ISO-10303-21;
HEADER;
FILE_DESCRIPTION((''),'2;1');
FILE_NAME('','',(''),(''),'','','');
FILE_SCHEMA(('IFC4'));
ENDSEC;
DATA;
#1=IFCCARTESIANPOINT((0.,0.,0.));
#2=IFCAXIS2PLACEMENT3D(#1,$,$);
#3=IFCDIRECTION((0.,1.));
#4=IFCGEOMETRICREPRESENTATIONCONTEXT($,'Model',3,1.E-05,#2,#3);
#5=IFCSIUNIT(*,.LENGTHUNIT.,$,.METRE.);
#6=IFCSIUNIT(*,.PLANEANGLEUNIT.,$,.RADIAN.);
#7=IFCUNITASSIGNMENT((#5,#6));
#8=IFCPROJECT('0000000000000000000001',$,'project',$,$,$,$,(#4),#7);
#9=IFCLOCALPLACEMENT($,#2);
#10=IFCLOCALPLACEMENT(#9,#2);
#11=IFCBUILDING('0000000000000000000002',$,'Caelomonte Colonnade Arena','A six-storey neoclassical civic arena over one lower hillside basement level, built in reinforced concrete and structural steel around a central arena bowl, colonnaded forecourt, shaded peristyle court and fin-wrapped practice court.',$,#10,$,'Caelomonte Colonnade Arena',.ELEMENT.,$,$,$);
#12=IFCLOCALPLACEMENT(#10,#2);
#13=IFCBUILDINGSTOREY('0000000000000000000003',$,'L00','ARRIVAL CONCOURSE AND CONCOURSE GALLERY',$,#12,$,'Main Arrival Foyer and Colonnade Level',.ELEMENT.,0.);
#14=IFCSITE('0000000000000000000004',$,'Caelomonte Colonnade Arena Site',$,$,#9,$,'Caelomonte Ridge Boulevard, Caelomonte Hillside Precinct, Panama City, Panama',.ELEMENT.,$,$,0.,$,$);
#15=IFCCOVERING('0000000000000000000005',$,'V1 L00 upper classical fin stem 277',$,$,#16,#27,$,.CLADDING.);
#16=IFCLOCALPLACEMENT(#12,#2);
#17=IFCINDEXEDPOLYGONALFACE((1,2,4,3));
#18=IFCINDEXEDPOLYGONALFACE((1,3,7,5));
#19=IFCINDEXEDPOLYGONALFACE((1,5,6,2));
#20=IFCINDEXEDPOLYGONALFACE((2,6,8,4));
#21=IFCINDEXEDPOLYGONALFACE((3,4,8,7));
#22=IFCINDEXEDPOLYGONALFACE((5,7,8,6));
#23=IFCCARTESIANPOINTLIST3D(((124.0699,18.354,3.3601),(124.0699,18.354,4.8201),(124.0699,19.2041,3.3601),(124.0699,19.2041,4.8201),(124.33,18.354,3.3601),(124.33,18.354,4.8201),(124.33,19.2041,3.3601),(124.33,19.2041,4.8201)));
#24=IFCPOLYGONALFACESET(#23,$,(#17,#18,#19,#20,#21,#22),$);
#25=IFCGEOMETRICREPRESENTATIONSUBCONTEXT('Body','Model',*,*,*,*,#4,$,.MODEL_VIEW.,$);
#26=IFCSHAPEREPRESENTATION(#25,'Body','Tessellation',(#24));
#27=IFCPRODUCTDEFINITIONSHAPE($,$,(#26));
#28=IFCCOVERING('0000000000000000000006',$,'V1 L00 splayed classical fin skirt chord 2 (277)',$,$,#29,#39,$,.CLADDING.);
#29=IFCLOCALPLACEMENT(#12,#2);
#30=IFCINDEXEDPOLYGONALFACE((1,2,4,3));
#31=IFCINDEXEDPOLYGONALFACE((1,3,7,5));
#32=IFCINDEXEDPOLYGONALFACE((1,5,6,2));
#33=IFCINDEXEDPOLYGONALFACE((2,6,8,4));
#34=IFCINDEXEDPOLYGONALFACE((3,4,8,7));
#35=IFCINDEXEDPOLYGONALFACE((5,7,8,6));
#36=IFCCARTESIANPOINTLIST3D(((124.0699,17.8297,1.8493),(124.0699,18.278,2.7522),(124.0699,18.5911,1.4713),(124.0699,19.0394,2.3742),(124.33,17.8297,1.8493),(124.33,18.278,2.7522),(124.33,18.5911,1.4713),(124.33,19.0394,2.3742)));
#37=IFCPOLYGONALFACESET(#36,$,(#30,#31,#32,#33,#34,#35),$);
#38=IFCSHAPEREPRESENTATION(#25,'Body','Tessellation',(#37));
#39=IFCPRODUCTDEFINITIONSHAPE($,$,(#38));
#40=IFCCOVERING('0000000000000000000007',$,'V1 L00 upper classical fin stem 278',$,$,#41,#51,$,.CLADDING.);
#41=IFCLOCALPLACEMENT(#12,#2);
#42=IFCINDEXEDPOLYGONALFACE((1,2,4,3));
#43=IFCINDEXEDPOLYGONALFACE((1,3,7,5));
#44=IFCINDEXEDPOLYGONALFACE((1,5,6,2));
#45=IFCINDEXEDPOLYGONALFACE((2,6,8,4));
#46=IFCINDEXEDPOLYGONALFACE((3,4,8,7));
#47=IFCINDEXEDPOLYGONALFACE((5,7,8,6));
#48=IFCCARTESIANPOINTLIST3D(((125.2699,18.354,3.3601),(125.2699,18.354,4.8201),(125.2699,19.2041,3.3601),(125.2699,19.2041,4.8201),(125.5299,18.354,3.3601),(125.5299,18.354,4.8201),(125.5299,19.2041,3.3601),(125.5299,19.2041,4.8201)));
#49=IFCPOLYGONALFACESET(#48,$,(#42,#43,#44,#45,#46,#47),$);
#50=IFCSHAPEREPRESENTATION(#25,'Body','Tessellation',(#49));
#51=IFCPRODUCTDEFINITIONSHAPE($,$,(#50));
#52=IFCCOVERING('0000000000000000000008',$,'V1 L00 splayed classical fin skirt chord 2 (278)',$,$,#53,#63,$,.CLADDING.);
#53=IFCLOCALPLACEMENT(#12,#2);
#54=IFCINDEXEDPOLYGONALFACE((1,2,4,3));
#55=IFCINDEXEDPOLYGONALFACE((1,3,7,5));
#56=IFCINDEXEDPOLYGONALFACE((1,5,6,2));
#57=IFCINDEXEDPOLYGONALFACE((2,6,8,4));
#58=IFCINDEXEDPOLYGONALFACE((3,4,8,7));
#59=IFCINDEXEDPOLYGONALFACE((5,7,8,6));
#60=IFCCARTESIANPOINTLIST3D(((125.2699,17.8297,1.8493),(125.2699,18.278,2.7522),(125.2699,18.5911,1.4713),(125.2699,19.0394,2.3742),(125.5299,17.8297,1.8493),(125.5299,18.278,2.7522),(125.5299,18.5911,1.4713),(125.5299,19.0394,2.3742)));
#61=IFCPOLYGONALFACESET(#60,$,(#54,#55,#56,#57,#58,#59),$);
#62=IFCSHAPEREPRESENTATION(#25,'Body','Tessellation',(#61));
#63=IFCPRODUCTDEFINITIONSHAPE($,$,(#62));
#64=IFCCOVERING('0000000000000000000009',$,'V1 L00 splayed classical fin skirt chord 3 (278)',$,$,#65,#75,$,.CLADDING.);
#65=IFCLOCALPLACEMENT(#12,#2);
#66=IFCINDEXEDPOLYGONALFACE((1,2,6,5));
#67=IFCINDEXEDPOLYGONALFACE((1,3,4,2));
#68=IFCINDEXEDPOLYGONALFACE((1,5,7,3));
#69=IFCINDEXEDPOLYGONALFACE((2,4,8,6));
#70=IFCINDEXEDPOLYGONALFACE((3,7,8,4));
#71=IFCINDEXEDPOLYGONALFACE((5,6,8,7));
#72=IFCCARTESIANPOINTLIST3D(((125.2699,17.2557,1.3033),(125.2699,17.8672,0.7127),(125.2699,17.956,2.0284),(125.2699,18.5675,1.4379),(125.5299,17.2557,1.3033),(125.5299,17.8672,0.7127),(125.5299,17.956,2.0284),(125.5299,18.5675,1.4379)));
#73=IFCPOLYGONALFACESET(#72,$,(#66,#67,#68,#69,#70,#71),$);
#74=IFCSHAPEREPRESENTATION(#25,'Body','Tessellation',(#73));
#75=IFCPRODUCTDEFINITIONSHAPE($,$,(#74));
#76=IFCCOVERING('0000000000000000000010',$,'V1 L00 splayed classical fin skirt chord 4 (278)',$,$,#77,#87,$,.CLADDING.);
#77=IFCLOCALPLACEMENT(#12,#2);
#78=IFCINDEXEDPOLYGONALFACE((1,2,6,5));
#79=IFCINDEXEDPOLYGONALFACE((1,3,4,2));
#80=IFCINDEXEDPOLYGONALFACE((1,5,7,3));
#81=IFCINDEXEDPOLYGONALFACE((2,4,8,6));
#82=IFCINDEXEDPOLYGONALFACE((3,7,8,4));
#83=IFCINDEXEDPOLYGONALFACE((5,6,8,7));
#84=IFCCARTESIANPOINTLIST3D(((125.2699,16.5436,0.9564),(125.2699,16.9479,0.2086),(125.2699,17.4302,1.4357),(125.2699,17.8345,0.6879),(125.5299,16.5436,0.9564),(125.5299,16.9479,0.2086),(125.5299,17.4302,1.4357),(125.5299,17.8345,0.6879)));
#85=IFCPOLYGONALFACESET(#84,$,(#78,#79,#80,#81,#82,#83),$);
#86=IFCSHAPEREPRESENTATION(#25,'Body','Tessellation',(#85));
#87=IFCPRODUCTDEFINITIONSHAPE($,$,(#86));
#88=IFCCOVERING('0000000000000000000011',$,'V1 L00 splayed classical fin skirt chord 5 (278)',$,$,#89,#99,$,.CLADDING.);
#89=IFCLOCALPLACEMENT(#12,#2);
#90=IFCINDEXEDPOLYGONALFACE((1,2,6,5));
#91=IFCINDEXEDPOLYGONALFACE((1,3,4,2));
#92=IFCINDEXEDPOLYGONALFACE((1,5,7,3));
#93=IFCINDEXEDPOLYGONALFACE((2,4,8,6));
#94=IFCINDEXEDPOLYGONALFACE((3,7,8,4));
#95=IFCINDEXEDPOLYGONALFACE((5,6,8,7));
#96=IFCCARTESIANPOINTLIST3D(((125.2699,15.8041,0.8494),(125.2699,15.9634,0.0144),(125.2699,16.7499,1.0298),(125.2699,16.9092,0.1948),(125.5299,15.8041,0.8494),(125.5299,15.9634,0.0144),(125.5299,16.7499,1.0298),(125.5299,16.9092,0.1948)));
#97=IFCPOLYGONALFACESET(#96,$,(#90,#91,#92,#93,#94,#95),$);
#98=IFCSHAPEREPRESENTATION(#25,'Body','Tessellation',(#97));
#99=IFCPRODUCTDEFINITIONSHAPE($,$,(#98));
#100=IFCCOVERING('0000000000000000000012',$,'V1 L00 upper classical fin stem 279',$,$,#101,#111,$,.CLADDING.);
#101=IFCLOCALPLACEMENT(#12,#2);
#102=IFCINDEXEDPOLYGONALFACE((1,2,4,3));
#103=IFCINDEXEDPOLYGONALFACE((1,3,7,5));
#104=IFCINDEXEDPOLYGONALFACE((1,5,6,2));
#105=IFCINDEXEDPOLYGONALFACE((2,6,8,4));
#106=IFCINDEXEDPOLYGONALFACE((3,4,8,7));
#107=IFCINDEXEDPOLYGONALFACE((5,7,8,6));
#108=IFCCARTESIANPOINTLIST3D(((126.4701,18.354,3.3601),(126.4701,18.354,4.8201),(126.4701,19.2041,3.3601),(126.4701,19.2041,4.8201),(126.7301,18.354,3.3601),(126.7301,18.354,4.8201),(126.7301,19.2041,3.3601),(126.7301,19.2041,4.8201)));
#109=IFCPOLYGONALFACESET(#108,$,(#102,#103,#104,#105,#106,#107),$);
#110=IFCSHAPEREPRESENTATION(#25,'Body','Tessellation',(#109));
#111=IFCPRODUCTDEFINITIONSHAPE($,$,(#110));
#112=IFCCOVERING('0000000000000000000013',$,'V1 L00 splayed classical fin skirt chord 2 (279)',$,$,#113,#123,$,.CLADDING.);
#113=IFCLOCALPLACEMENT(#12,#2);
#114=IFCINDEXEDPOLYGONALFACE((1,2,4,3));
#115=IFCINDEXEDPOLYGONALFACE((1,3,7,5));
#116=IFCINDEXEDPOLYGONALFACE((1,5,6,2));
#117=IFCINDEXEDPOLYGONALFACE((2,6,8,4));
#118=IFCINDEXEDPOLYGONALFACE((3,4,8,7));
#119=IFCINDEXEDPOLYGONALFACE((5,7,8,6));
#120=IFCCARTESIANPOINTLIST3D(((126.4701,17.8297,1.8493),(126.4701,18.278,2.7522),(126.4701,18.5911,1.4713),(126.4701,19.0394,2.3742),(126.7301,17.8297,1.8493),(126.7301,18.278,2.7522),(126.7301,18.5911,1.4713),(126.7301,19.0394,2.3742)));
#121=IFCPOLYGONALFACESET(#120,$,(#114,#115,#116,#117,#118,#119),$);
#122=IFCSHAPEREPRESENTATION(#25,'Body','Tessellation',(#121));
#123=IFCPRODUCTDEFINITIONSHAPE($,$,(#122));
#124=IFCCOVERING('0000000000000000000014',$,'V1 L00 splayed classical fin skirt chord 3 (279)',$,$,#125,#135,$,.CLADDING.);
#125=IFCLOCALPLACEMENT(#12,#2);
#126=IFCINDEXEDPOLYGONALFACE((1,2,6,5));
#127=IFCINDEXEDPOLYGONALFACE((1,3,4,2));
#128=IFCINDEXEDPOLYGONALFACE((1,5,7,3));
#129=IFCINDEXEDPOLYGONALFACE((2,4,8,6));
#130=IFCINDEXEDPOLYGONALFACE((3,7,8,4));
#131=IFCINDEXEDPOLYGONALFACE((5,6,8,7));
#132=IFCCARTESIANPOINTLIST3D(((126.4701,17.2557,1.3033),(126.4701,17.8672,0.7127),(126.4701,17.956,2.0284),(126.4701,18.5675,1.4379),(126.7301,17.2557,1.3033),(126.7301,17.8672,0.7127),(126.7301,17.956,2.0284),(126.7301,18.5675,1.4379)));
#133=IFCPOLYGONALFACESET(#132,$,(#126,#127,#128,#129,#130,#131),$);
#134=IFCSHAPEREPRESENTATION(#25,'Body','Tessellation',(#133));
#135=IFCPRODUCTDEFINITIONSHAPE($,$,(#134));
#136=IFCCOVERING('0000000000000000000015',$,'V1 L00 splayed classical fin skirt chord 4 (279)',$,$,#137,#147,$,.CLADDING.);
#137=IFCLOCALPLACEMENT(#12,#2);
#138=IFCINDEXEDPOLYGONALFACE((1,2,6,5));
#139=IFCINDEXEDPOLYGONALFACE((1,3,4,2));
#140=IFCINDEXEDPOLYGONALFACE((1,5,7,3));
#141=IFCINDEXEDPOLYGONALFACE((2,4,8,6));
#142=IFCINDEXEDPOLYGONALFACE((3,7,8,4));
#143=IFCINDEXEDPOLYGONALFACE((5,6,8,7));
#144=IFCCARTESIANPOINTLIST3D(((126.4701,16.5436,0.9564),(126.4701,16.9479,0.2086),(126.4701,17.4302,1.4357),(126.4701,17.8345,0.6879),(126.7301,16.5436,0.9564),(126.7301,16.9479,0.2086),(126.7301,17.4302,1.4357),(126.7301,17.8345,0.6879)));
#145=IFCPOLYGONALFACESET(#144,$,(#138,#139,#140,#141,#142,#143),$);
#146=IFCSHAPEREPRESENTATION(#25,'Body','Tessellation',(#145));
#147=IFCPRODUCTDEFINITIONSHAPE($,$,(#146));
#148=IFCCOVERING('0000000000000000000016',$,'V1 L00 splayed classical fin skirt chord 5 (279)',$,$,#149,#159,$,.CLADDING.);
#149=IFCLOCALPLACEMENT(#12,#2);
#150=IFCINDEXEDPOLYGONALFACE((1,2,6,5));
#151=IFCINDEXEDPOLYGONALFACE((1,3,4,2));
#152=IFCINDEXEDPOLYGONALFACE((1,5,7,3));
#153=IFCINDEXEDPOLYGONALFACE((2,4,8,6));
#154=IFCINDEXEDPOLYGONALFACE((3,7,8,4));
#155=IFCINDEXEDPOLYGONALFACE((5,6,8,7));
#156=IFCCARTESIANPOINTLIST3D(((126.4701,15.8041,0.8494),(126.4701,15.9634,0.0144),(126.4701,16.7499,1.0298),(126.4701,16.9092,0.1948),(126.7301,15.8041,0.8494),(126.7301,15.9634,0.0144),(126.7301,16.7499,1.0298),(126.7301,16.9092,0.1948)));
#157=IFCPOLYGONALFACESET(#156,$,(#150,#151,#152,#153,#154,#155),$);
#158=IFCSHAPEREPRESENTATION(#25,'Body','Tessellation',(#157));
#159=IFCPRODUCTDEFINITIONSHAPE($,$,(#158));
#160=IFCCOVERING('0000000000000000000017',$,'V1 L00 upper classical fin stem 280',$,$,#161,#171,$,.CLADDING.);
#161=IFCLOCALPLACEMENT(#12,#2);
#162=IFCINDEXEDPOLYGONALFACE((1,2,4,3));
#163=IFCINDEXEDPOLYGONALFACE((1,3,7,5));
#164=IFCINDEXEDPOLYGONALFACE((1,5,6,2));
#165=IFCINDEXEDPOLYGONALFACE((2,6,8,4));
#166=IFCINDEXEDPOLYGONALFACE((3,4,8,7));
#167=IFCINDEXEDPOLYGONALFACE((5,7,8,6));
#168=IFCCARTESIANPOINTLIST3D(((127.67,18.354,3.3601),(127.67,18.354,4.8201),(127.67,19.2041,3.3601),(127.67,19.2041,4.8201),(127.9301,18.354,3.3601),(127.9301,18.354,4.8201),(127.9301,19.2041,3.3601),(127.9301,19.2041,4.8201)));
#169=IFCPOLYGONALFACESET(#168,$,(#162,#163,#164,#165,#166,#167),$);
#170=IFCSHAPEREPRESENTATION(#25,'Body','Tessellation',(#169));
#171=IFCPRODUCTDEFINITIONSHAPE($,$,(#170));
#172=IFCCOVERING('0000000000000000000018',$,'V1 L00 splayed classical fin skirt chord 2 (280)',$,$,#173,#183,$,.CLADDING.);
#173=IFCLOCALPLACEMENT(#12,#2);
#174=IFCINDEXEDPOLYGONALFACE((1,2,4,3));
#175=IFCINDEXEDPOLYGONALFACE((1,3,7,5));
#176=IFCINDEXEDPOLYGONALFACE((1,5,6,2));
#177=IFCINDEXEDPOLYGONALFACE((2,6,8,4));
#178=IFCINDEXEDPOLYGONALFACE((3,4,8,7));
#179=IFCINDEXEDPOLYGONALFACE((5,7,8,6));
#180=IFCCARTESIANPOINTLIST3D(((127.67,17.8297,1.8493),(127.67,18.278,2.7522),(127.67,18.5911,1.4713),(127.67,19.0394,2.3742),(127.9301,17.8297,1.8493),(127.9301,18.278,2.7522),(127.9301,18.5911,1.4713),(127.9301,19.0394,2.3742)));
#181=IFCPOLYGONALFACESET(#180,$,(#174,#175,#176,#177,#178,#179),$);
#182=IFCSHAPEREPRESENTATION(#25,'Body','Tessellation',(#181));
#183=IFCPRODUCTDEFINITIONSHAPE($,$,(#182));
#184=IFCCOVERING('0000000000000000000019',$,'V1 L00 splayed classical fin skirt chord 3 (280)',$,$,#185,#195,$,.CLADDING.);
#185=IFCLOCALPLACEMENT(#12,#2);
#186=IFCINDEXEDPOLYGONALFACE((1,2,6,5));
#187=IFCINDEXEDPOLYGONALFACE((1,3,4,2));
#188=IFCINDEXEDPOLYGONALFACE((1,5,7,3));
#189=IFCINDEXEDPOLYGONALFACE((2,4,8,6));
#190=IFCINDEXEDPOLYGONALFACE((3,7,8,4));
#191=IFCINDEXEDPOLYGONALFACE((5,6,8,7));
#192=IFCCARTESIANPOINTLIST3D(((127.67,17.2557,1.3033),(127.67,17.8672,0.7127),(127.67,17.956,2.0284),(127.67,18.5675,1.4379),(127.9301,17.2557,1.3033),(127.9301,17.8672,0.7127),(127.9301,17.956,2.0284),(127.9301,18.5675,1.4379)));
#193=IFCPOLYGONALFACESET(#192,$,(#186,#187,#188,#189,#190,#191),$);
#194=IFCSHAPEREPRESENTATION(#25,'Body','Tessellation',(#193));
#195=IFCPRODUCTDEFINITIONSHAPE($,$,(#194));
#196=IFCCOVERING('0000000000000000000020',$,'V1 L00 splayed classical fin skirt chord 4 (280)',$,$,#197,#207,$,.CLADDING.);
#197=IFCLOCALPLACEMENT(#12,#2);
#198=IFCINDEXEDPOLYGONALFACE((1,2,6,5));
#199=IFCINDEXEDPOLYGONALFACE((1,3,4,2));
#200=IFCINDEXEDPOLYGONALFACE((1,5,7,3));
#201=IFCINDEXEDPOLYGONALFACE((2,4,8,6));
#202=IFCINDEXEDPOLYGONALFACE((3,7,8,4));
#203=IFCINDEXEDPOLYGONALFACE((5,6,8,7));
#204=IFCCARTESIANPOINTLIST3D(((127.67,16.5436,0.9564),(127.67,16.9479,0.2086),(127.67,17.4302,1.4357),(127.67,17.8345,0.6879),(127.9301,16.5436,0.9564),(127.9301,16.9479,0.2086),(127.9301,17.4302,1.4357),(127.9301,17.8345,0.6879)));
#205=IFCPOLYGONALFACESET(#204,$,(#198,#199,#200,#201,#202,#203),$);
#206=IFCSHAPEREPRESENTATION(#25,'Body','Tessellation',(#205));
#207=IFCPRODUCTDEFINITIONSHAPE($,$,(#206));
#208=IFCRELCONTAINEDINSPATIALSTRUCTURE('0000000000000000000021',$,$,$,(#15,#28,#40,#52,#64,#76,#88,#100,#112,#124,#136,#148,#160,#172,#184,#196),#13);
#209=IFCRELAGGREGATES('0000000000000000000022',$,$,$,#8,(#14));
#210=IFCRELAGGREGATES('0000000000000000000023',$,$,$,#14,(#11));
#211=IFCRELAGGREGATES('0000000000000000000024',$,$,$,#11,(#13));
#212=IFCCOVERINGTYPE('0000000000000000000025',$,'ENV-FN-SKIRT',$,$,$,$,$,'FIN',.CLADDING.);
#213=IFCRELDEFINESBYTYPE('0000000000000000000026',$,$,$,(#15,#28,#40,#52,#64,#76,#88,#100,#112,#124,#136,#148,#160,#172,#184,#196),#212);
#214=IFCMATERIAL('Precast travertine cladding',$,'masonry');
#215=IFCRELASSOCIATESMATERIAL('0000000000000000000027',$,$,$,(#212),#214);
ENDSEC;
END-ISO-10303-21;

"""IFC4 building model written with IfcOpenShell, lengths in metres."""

from ifc_helpers import new_model, si_unit, direction, frame, origin, origin_2d, place, context, subcontext, project, spatial, rectangle, extrude, material, material_profile, profile_set, type_object, element, save


model = new_model("IFC4")

# Units and contexts
model_context = context("Model", 3, precision=1e-05, world=origin(), true_north=direction((0.0, 1.0)))
body_context = subcontext(model_context, "Body", "Model", "MODEL_VIEW")
ifc_project = project(units=[si_unit("LENGTHUNIT", "METRE"), si_unit("PLANEANGLEUNIT", "RADIAN")], contexts=[model_context])

# Site, building, storey
site_placement = place(None, origin())
site = spatial("IfcSite", under=ifc_project, at=site_placement, Name="Caelomonte Colonnade Arena Site", LongName="Caelomonte Ridge Boulevard, Caelomonte Hillside Precinct, Panama City, Panama", CompositionType="ELEMENT", RefElevation=0.0)
building_placement = place(site_placement, origin())
building = spatial("IfcBuilding", under=site, at=building_placement, Name="Caelomonte Colonnade Arena", Description="A six-storey neoclassical civic arena over one lower hillside basement level, built in reinforced concrete and structural steel around a central arena bowl, colonnaded forecourt, shaded peristyle court and fin-wrapped practice court.", LongName="Caelomonte Colonnade Arena", CompositionType="ELEMENT")
storey_placement = place(building_placement, origin())
storey = spatial("IfcBuildingStorey", under=building, at=storey_placement, Name="L00", Description="ARRIVAL CONCOURSE AND CONCOURSE GALLERY", LongName="Main Arrival Foyer and Colonnade Level", CompositionType="ELEMENT", Elevation=0.0)

# Coverings
ifc_material = material(Name="Precast travertine cladding", Category="masonry")
ifc_material_profile = material_profile(ifc_material, rectangle(XDim=0.26, YDim=0.8501, at=origin_2d()), Name="FIN260X850")
ifc_profile_set = profile_set([ifc_material_profile], Name="Precast travertine cladding")
covering_type = type_object("IfcCoveringType", Name="ENV-FN-SKIRT", ElementType="FIN", PredefinedType="CLADDING", material=ifc_profile_set)
covering_1_placement = place(storey_placement, frame((124.2, 18.7791, 3.3601), z_axis=(0.0, 0.0, 1.0), x_axis=(-1.0, 0.0, 0.0)))
element("IfcCovering", 1, at=covering_1_placement, inside=storey, type_object=covering_type, Name="V1 L00 upper classical fin stem 277", PredefinedType="CLADDING", context=body_context, shape_type="SweptSolid", body=[
    extrude(rectangle(XDim=0.26, YDim=0.8501, at=origin_2d()), origin(), (0.0, 0.0, 1.0), 1.46),
])
covering_2_placement = place(storey_placement, frame((124.2, 18.6587, 2.5632), z_axis=(0.0, -0.444693, -0.895683), x_axis=(-1.0, 0.0, 0.0)))
element("IfcCovering", 2, at=covering_2_placement, inside=storey, type_object=covering_type, Name="V1 L00 splayed classical fin skirt chord 2 (277)", PredefinedType="CLADDING", context=body_context, shape_type="SweptSolid", body=[
    extrude(rectangle(XDim=0.26, YDim=0.8501, at=origin_2d()), origin(), (0.0, 0.0, 1.0), 1.0081),
])
covering_3_placement = place(storey_placement, frame((125.3999, 18.7791, 3.3601), z_axis=(0.0, 0.0, 1.0), x_axis=(-1.0, 0.0, 0.0)))
element("IfcCovering", 3, at=covering_3_placement, inside=storey, type_object=covering_type, Name="V1 L00 upper classical fin stem 278", PredefinedType="CLADDING", context=body_context, shape_type="SweptSolid", body=[
    extrude(rectangle(XDim=0.26, YDim=0.8501, at=origin_2d()), origin(), (0.0, 0.0, 1.0), 1.46),
])
for number, where, z_axis, x_axis, name in (
    (4, (125.3999, 18.6587, 2.5632), (0.0, -0.444693, -0.895683), (-1.0, 0.0, 0.0), "V1 L00 splayed classical fin skirt chord 2 (278)"),
    (5, (125.3999, 18.2617, 1.7332), (0.0, -0.694646, -0.719351), (-1.0, 0.0, 0.0), "V1 L00 splayed classical fin skirt chord 3 (278)"),
):
    element("IfcCovering", number, at=place(storey_placement, frame(where, z_axis=z_axis, x_axis=x_axis)), inside=storey, type_object=covering_type, Name=name, PredefinedType="CLADDING", context=body_context, shape_type="SweptSolid", body=[
        extrude(rectangle(XDim=0.26, YDim=0.8501, at=origin_2d()), origin(), (0.0, 0.0, 1.0), 1.0081),
    ])
covering_4_placement = place(storey_placement, frame((125.3999, 17.6323, 1.0618), z_axis=(0.0, -0.879676, -0.475573), x_axis=(-1.0, 0.0, 0.0)))
element("IfcCovering", 6, at=covering_4_placement, inside=storey, type_object=covering_type, Name="V1 L00 splayed classical fin skirt chord 4 (278)", PredefinedType="CLADDING", context=body_context, shape_type="SweptSolid", body=[
    extrude(rectangle(XDim=0.26, YDim=0.8501, at=origin_2d()), origin(), (0.0, 0.0, 1.0), 1.0078),
])
covering_5_placement = place(storey_placement, frame((125.3999, 16.8296, 0.6123), z_axis=(0.0, -0.982287, -0.18738), x_axis=(-1.0, 0.0, 0.0)))
element("IfcCovering", 7, at=covering_5_placement, inside=storey, type_object=covering_type, Name="V1 L00 splayed classical fin skirt chord 5 (278)", PredefinedType="CLADDING", context=body_context, shape_type="SweptSolid", body=[
    extrude(rectangle(XDim=0.26, YDim=0.8501, at=origin_2d()), origin(), (0.0, 0.0, 1.0), 0.9629),
])
covering_6_placement = place(storey_placement, frame((126.6001, 18.7791, 3.3601), z_axis=(0.0, 0.0, 1.0), x_axis=(-1.0, 0.0, 0.0)))
element("IfcCovering", 8, at=covering_6_placement, inside=storey, type_object=covering_type, Name="V1 L00 upper classical fin stem 279", PredefinedType="CLADDING", context=body_context, shape_type="SweptSolid", body=[
    extrude(rectangle(XDim=0.26, YDim=0.8501, at=origin_2d()), origin(), (0.0, 0.0, 1.0), 1.46),
])
for number, where, z_axis, x_axis, name in (
    (9, (126.6001, 18.6587, 2.5632), (0.0, -0.444693, -0.895683), (-1.0, 0.0, 0.0), "V1 L00 splayed classical fin skirt chord 2 (279)"),
    (10, (126.6001, 18.2617, 1.7332), (0.0, -0.694646, -0.719351), (-1.0, 0.0, 0.0), "V1 L00 splayed classical fin skirt chord 3 (279)"),
):
    element("IfcCovering", number, at=place(storey_placement, frame(where, z_axis=z_axis, x_axis=x_axis)), inside=storey, type_object=covering_type, Name=name, PredefinedType="CLADDING", context=body_context, shape_type="SweptSolid", body=[
        extrude(rectangle(XDim=0.26, YDim=0.8501, at=origin_2d()), origin(), (0.0, 0.0, 1.0), 1.0081),
    ])
covering_7_placement = place(storey_placement, frame((126.6001, 17.6323, 1.0618), z_axis=(0.0, -0.879676, -0.475573), x_axis=(-1.0, 0.0, 0.0)))
element("IfcCovering", 11, at=covering_7_placement, inside=storey, type_object=covering_type, Name="V1 L00 splayed classical fin skirt chord 4 (279)", PredefinedType="CLADDING", context=body_context, shape_type="SweptSolid", body=[
    extrude(rectangle(XDim=0.26, YDim=0.8501, at=origin_2d()), origin(), (0.0, 0.0, 1.0), 1.0078),
])
covering_8_placement = place(storey_placement, frame((126.6001, 16.8296, 0.6123), z_axis=(0.0, -0.982287, -0.18738), x_axis=(-1.0, 0.0, 0.0)))
element("IfcCovering", 12, at=covering_8_placement, inside=storey, type_object=covering_type, Name="V1 L00 splayed classical fin skirt chord 5 (279)", PredefinedType="CLADDING", context=body_context, shape_type="SweptSolid", body=[
    extrude(rectangle(XDim=0.26, YDim=0.8501, at=origin_2d()), origin(), (0.0, 0.0, 1.0), 0.9629),
])
covering_9_placement = place(storey_placement, frame((127.8, 18.7791, 3.3601), z_axis=(0.0, 0.0, 1.0), x_axis=(-1.0, 0.0, 0.0)))
element("IfcCovering", 13, at=covering_9_placement, inside=storey, type_object=covering_type, Name="V1 L00 upper classical fin stem 280", PredefinedType="CLADDING", context=body_context, shape_type="SweptSolid", body=[
    extrude(rectangle(XDim=0.26, YDim=0.8501, at=origin_2d()), origin(), (0.0, 0.0, 1.0), 1.46),
])
for number, where, z_axis, x_axis, name in (
    (14, (127.8, 18.6587, 2.5632), (0.0, -0.444693, -0.895683), (-1.0, 0.0, 0.0), "V1 L00 splayed classical fin skirt chord 2 (280)"),
    (15, (127.8, 18.2617, 1.7332), (0.0, -0.694646, -0.719351), (-1.0, 0.0, 0.0), "V1 L00 splayed classical fin skirt chord 3 (280)"),
):
    element("IfcCovering", number, at=place(storey_placement, frame(where, z_axis=z_axis, x_axis=x_axis)), inside=storey, type_object=covering_type, Name=name, PredefinedType="CLADDING", context=body_context, shape_type="SweptSolid", body=[
        extrude(rectangle(XDim=0.26, YDim=0.8501, at=origin_2d()), origin(), (0.0, 0.0, 1.0), 1.0081),
    ])
covering_10_placement = place(storey_placement, frame((127.8, 17.6323, 1.0618), z_axis=(0.0, -0.879676, -0.475573), x_axis=(-1.0, 0.0, 0.0)))
element("IfcCovering", 16, at=covering_10_placement, inside=storey, type_object=covering_type, Name="V1 L00 splayed classical fin skirt chord 4 (280)", PredefinedType="CLADDING", context=body_context, shape_type="SweptSolid", body=[
    extrude(rectangle(XDim=0.26, YDim=0.8501, at=origin_2d()), origin(), (0.0, 0.0, 1.0), 1.0078),
])

save(model, "model.ifc")
